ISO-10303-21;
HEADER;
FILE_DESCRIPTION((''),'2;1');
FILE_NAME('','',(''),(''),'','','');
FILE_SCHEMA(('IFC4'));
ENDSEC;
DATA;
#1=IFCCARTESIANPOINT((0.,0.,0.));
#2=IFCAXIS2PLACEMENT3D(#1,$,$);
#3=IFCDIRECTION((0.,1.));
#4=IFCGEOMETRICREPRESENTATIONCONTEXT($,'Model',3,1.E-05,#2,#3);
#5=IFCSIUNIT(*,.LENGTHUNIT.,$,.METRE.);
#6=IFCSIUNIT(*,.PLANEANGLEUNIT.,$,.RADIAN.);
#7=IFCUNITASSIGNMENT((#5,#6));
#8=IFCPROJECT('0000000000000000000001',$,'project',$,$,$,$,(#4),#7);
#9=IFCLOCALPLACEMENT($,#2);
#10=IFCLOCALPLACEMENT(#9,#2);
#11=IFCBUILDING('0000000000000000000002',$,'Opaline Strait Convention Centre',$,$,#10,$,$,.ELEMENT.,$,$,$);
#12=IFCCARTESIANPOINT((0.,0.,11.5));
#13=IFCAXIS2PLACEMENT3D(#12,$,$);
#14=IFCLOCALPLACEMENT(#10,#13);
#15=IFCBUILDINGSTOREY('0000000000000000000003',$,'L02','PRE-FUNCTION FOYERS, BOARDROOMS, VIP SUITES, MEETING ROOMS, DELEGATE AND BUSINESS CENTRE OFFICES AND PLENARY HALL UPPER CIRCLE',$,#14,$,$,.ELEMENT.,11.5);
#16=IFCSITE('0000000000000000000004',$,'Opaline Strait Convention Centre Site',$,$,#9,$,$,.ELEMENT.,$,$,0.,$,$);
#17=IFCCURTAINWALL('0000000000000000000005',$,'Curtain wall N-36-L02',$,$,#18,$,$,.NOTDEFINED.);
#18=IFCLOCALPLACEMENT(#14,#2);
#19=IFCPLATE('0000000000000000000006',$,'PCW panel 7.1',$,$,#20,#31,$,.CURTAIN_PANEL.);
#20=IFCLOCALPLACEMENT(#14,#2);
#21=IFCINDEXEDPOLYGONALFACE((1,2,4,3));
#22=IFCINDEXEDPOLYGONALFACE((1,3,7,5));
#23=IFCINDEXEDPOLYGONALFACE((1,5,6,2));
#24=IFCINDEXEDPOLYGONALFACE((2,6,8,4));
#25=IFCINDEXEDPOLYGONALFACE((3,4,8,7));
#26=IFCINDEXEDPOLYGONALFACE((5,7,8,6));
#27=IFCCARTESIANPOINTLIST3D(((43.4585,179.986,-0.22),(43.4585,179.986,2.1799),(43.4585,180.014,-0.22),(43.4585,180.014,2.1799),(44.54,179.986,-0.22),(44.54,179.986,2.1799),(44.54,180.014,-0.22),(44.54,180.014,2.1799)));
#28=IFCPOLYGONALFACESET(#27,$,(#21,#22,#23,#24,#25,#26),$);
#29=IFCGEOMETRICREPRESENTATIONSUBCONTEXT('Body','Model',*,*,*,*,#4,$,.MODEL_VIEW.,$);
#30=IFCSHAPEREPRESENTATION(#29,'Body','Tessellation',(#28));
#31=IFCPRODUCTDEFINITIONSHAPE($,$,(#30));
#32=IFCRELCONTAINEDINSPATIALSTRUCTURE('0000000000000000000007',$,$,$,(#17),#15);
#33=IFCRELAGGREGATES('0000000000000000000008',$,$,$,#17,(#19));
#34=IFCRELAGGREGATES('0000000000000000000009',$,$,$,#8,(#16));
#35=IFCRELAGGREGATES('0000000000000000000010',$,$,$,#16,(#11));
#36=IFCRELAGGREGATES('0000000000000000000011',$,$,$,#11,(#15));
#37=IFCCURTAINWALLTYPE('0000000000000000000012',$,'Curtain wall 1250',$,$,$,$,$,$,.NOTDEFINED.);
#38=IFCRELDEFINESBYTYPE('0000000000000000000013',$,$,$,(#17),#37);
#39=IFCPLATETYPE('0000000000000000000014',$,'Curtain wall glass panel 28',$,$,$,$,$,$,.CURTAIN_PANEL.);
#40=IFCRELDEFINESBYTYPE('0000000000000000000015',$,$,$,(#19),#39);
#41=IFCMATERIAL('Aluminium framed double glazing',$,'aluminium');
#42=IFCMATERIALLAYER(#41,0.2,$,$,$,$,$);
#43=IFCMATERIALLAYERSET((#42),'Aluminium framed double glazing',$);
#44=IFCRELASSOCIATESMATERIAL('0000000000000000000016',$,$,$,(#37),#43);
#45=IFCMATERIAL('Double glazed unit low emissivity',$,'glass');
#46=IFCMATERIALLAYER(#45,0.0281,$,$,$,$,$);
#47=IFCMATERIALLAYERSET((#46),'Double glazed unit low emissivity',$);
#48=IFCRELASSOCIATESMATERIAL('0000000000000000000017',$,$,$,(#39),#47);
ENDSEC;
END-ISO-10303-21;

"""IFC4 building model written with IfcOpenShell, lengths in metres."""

from ifc_helpers import new_model, si_unit, direction, frame, origin, origin_2d, place, context, subcontext, project, spatial, rectangle, extrude, material, layer, layer_set, type_object, element, aggregate, save


model = new_model("IFC4")

# Units and contexts
model_context = context("Model", 3, precision=1e-05, world=origin(), true_north=direction((0.0, 1.0)))
body_context = subcontext(model_context, "Body", "Model", "MODEL_VIEW")
ifc_project = project(units=[si_unit("LENGTHUNIT", "METRE"), si_unit("PLANEANGLEUNIT", "RADIAN")], contexts=[model_context])

# Site, building, storey
site_placement = place(None, origin())
site = spatial("IfcSite", under=ifc_project, at=site_placement, Name="Opaline Strait Convention Centre Site", CompositionType="ELEMENT", RefElevation=0.0)
building_placement = place(site_placement, origin())
building = spatial("IfcBuilding", under=site, at=building_placement, Name="Opaline Strait Convention Centre", CompositionType="ELEMENT")
storey_placement = place(building_placement, frame((0.0, 0.0, 11.5)))
storey = spatial("IfcBuildingStorey", under=building, at=storey_placement, Name="L02", Description="PRE-FUNCTION FOYERS, BOARDROOMS, VIP SUITES, MEETING ROOMS, DELEGATE AND BUSINESS CENTRE OFFICES AND PLENARY HALL UPPER CIRCLE", CompositionType="ELEMENT", Elevation=11.5)

# Curtain wall, plate
ifc_material_1 = material(Name="Aluminium framed double glazing", Category="aluminium")
ifc_layer_1 = layer(ifc_material_1, 0.2)
ifc_layer_set_1 = layer_set([ifc_layer_1], Name="Aluminium framed double glazing")
curtain_wall_type = type_object("IfcCurtainWallType", Name="Curtain wall 1250", PredefinedType="NOTDEFINED", material=ifc_layer_set_1)
curtain_wall_placement = place(storey_placement, origin())
curtain_wall = element("IfcCurtainWall", 1, at=curtain_wall_placement, inside=storey, type_object=curtain_wall_type, Name="Curtain wall N-36-L02", PredefinedType="NOTDEFINED")
ifc_material_2 = material(Name="Double glazed unit low emissivity", Category="glass")
ifc_layer_2 = layer(ifc_material_2, 0.0281)
ifc_layer_set_2 = layer_set([ifc_layer_2], Name="Double glazed unit low emissivity")
plate_type = type_object("IfcPlateType", Name="Curtain wall glass panel 28", PredefinedType="CURTAIN_PANEL", material=ifc_layer_set_2)
plate_1_placement = place(storey_placement, frame((43.9993, 180.0, -0.22), z_axis=(0.0, 0.0, 1.0), x_axis=(1.0, 0.0, 0.0)))
plate_1 = element("IfcPlate", 2, at=plate_1_placement, type_object=plate_type, Name="PCW panel 7.1", PredefinedType="CURTAIN_PANEL", context=body_context, shape_type="SweptSolid", body=[
    extrude(rectangle(XDim=1.0815, YDim=0.0281, at=origin_2d()), origin(), (0.0, 0.0, 1.0), 2.3999),
])
aggregate(curtain_wall, [plate_1])

save(model, "model.ifc")
